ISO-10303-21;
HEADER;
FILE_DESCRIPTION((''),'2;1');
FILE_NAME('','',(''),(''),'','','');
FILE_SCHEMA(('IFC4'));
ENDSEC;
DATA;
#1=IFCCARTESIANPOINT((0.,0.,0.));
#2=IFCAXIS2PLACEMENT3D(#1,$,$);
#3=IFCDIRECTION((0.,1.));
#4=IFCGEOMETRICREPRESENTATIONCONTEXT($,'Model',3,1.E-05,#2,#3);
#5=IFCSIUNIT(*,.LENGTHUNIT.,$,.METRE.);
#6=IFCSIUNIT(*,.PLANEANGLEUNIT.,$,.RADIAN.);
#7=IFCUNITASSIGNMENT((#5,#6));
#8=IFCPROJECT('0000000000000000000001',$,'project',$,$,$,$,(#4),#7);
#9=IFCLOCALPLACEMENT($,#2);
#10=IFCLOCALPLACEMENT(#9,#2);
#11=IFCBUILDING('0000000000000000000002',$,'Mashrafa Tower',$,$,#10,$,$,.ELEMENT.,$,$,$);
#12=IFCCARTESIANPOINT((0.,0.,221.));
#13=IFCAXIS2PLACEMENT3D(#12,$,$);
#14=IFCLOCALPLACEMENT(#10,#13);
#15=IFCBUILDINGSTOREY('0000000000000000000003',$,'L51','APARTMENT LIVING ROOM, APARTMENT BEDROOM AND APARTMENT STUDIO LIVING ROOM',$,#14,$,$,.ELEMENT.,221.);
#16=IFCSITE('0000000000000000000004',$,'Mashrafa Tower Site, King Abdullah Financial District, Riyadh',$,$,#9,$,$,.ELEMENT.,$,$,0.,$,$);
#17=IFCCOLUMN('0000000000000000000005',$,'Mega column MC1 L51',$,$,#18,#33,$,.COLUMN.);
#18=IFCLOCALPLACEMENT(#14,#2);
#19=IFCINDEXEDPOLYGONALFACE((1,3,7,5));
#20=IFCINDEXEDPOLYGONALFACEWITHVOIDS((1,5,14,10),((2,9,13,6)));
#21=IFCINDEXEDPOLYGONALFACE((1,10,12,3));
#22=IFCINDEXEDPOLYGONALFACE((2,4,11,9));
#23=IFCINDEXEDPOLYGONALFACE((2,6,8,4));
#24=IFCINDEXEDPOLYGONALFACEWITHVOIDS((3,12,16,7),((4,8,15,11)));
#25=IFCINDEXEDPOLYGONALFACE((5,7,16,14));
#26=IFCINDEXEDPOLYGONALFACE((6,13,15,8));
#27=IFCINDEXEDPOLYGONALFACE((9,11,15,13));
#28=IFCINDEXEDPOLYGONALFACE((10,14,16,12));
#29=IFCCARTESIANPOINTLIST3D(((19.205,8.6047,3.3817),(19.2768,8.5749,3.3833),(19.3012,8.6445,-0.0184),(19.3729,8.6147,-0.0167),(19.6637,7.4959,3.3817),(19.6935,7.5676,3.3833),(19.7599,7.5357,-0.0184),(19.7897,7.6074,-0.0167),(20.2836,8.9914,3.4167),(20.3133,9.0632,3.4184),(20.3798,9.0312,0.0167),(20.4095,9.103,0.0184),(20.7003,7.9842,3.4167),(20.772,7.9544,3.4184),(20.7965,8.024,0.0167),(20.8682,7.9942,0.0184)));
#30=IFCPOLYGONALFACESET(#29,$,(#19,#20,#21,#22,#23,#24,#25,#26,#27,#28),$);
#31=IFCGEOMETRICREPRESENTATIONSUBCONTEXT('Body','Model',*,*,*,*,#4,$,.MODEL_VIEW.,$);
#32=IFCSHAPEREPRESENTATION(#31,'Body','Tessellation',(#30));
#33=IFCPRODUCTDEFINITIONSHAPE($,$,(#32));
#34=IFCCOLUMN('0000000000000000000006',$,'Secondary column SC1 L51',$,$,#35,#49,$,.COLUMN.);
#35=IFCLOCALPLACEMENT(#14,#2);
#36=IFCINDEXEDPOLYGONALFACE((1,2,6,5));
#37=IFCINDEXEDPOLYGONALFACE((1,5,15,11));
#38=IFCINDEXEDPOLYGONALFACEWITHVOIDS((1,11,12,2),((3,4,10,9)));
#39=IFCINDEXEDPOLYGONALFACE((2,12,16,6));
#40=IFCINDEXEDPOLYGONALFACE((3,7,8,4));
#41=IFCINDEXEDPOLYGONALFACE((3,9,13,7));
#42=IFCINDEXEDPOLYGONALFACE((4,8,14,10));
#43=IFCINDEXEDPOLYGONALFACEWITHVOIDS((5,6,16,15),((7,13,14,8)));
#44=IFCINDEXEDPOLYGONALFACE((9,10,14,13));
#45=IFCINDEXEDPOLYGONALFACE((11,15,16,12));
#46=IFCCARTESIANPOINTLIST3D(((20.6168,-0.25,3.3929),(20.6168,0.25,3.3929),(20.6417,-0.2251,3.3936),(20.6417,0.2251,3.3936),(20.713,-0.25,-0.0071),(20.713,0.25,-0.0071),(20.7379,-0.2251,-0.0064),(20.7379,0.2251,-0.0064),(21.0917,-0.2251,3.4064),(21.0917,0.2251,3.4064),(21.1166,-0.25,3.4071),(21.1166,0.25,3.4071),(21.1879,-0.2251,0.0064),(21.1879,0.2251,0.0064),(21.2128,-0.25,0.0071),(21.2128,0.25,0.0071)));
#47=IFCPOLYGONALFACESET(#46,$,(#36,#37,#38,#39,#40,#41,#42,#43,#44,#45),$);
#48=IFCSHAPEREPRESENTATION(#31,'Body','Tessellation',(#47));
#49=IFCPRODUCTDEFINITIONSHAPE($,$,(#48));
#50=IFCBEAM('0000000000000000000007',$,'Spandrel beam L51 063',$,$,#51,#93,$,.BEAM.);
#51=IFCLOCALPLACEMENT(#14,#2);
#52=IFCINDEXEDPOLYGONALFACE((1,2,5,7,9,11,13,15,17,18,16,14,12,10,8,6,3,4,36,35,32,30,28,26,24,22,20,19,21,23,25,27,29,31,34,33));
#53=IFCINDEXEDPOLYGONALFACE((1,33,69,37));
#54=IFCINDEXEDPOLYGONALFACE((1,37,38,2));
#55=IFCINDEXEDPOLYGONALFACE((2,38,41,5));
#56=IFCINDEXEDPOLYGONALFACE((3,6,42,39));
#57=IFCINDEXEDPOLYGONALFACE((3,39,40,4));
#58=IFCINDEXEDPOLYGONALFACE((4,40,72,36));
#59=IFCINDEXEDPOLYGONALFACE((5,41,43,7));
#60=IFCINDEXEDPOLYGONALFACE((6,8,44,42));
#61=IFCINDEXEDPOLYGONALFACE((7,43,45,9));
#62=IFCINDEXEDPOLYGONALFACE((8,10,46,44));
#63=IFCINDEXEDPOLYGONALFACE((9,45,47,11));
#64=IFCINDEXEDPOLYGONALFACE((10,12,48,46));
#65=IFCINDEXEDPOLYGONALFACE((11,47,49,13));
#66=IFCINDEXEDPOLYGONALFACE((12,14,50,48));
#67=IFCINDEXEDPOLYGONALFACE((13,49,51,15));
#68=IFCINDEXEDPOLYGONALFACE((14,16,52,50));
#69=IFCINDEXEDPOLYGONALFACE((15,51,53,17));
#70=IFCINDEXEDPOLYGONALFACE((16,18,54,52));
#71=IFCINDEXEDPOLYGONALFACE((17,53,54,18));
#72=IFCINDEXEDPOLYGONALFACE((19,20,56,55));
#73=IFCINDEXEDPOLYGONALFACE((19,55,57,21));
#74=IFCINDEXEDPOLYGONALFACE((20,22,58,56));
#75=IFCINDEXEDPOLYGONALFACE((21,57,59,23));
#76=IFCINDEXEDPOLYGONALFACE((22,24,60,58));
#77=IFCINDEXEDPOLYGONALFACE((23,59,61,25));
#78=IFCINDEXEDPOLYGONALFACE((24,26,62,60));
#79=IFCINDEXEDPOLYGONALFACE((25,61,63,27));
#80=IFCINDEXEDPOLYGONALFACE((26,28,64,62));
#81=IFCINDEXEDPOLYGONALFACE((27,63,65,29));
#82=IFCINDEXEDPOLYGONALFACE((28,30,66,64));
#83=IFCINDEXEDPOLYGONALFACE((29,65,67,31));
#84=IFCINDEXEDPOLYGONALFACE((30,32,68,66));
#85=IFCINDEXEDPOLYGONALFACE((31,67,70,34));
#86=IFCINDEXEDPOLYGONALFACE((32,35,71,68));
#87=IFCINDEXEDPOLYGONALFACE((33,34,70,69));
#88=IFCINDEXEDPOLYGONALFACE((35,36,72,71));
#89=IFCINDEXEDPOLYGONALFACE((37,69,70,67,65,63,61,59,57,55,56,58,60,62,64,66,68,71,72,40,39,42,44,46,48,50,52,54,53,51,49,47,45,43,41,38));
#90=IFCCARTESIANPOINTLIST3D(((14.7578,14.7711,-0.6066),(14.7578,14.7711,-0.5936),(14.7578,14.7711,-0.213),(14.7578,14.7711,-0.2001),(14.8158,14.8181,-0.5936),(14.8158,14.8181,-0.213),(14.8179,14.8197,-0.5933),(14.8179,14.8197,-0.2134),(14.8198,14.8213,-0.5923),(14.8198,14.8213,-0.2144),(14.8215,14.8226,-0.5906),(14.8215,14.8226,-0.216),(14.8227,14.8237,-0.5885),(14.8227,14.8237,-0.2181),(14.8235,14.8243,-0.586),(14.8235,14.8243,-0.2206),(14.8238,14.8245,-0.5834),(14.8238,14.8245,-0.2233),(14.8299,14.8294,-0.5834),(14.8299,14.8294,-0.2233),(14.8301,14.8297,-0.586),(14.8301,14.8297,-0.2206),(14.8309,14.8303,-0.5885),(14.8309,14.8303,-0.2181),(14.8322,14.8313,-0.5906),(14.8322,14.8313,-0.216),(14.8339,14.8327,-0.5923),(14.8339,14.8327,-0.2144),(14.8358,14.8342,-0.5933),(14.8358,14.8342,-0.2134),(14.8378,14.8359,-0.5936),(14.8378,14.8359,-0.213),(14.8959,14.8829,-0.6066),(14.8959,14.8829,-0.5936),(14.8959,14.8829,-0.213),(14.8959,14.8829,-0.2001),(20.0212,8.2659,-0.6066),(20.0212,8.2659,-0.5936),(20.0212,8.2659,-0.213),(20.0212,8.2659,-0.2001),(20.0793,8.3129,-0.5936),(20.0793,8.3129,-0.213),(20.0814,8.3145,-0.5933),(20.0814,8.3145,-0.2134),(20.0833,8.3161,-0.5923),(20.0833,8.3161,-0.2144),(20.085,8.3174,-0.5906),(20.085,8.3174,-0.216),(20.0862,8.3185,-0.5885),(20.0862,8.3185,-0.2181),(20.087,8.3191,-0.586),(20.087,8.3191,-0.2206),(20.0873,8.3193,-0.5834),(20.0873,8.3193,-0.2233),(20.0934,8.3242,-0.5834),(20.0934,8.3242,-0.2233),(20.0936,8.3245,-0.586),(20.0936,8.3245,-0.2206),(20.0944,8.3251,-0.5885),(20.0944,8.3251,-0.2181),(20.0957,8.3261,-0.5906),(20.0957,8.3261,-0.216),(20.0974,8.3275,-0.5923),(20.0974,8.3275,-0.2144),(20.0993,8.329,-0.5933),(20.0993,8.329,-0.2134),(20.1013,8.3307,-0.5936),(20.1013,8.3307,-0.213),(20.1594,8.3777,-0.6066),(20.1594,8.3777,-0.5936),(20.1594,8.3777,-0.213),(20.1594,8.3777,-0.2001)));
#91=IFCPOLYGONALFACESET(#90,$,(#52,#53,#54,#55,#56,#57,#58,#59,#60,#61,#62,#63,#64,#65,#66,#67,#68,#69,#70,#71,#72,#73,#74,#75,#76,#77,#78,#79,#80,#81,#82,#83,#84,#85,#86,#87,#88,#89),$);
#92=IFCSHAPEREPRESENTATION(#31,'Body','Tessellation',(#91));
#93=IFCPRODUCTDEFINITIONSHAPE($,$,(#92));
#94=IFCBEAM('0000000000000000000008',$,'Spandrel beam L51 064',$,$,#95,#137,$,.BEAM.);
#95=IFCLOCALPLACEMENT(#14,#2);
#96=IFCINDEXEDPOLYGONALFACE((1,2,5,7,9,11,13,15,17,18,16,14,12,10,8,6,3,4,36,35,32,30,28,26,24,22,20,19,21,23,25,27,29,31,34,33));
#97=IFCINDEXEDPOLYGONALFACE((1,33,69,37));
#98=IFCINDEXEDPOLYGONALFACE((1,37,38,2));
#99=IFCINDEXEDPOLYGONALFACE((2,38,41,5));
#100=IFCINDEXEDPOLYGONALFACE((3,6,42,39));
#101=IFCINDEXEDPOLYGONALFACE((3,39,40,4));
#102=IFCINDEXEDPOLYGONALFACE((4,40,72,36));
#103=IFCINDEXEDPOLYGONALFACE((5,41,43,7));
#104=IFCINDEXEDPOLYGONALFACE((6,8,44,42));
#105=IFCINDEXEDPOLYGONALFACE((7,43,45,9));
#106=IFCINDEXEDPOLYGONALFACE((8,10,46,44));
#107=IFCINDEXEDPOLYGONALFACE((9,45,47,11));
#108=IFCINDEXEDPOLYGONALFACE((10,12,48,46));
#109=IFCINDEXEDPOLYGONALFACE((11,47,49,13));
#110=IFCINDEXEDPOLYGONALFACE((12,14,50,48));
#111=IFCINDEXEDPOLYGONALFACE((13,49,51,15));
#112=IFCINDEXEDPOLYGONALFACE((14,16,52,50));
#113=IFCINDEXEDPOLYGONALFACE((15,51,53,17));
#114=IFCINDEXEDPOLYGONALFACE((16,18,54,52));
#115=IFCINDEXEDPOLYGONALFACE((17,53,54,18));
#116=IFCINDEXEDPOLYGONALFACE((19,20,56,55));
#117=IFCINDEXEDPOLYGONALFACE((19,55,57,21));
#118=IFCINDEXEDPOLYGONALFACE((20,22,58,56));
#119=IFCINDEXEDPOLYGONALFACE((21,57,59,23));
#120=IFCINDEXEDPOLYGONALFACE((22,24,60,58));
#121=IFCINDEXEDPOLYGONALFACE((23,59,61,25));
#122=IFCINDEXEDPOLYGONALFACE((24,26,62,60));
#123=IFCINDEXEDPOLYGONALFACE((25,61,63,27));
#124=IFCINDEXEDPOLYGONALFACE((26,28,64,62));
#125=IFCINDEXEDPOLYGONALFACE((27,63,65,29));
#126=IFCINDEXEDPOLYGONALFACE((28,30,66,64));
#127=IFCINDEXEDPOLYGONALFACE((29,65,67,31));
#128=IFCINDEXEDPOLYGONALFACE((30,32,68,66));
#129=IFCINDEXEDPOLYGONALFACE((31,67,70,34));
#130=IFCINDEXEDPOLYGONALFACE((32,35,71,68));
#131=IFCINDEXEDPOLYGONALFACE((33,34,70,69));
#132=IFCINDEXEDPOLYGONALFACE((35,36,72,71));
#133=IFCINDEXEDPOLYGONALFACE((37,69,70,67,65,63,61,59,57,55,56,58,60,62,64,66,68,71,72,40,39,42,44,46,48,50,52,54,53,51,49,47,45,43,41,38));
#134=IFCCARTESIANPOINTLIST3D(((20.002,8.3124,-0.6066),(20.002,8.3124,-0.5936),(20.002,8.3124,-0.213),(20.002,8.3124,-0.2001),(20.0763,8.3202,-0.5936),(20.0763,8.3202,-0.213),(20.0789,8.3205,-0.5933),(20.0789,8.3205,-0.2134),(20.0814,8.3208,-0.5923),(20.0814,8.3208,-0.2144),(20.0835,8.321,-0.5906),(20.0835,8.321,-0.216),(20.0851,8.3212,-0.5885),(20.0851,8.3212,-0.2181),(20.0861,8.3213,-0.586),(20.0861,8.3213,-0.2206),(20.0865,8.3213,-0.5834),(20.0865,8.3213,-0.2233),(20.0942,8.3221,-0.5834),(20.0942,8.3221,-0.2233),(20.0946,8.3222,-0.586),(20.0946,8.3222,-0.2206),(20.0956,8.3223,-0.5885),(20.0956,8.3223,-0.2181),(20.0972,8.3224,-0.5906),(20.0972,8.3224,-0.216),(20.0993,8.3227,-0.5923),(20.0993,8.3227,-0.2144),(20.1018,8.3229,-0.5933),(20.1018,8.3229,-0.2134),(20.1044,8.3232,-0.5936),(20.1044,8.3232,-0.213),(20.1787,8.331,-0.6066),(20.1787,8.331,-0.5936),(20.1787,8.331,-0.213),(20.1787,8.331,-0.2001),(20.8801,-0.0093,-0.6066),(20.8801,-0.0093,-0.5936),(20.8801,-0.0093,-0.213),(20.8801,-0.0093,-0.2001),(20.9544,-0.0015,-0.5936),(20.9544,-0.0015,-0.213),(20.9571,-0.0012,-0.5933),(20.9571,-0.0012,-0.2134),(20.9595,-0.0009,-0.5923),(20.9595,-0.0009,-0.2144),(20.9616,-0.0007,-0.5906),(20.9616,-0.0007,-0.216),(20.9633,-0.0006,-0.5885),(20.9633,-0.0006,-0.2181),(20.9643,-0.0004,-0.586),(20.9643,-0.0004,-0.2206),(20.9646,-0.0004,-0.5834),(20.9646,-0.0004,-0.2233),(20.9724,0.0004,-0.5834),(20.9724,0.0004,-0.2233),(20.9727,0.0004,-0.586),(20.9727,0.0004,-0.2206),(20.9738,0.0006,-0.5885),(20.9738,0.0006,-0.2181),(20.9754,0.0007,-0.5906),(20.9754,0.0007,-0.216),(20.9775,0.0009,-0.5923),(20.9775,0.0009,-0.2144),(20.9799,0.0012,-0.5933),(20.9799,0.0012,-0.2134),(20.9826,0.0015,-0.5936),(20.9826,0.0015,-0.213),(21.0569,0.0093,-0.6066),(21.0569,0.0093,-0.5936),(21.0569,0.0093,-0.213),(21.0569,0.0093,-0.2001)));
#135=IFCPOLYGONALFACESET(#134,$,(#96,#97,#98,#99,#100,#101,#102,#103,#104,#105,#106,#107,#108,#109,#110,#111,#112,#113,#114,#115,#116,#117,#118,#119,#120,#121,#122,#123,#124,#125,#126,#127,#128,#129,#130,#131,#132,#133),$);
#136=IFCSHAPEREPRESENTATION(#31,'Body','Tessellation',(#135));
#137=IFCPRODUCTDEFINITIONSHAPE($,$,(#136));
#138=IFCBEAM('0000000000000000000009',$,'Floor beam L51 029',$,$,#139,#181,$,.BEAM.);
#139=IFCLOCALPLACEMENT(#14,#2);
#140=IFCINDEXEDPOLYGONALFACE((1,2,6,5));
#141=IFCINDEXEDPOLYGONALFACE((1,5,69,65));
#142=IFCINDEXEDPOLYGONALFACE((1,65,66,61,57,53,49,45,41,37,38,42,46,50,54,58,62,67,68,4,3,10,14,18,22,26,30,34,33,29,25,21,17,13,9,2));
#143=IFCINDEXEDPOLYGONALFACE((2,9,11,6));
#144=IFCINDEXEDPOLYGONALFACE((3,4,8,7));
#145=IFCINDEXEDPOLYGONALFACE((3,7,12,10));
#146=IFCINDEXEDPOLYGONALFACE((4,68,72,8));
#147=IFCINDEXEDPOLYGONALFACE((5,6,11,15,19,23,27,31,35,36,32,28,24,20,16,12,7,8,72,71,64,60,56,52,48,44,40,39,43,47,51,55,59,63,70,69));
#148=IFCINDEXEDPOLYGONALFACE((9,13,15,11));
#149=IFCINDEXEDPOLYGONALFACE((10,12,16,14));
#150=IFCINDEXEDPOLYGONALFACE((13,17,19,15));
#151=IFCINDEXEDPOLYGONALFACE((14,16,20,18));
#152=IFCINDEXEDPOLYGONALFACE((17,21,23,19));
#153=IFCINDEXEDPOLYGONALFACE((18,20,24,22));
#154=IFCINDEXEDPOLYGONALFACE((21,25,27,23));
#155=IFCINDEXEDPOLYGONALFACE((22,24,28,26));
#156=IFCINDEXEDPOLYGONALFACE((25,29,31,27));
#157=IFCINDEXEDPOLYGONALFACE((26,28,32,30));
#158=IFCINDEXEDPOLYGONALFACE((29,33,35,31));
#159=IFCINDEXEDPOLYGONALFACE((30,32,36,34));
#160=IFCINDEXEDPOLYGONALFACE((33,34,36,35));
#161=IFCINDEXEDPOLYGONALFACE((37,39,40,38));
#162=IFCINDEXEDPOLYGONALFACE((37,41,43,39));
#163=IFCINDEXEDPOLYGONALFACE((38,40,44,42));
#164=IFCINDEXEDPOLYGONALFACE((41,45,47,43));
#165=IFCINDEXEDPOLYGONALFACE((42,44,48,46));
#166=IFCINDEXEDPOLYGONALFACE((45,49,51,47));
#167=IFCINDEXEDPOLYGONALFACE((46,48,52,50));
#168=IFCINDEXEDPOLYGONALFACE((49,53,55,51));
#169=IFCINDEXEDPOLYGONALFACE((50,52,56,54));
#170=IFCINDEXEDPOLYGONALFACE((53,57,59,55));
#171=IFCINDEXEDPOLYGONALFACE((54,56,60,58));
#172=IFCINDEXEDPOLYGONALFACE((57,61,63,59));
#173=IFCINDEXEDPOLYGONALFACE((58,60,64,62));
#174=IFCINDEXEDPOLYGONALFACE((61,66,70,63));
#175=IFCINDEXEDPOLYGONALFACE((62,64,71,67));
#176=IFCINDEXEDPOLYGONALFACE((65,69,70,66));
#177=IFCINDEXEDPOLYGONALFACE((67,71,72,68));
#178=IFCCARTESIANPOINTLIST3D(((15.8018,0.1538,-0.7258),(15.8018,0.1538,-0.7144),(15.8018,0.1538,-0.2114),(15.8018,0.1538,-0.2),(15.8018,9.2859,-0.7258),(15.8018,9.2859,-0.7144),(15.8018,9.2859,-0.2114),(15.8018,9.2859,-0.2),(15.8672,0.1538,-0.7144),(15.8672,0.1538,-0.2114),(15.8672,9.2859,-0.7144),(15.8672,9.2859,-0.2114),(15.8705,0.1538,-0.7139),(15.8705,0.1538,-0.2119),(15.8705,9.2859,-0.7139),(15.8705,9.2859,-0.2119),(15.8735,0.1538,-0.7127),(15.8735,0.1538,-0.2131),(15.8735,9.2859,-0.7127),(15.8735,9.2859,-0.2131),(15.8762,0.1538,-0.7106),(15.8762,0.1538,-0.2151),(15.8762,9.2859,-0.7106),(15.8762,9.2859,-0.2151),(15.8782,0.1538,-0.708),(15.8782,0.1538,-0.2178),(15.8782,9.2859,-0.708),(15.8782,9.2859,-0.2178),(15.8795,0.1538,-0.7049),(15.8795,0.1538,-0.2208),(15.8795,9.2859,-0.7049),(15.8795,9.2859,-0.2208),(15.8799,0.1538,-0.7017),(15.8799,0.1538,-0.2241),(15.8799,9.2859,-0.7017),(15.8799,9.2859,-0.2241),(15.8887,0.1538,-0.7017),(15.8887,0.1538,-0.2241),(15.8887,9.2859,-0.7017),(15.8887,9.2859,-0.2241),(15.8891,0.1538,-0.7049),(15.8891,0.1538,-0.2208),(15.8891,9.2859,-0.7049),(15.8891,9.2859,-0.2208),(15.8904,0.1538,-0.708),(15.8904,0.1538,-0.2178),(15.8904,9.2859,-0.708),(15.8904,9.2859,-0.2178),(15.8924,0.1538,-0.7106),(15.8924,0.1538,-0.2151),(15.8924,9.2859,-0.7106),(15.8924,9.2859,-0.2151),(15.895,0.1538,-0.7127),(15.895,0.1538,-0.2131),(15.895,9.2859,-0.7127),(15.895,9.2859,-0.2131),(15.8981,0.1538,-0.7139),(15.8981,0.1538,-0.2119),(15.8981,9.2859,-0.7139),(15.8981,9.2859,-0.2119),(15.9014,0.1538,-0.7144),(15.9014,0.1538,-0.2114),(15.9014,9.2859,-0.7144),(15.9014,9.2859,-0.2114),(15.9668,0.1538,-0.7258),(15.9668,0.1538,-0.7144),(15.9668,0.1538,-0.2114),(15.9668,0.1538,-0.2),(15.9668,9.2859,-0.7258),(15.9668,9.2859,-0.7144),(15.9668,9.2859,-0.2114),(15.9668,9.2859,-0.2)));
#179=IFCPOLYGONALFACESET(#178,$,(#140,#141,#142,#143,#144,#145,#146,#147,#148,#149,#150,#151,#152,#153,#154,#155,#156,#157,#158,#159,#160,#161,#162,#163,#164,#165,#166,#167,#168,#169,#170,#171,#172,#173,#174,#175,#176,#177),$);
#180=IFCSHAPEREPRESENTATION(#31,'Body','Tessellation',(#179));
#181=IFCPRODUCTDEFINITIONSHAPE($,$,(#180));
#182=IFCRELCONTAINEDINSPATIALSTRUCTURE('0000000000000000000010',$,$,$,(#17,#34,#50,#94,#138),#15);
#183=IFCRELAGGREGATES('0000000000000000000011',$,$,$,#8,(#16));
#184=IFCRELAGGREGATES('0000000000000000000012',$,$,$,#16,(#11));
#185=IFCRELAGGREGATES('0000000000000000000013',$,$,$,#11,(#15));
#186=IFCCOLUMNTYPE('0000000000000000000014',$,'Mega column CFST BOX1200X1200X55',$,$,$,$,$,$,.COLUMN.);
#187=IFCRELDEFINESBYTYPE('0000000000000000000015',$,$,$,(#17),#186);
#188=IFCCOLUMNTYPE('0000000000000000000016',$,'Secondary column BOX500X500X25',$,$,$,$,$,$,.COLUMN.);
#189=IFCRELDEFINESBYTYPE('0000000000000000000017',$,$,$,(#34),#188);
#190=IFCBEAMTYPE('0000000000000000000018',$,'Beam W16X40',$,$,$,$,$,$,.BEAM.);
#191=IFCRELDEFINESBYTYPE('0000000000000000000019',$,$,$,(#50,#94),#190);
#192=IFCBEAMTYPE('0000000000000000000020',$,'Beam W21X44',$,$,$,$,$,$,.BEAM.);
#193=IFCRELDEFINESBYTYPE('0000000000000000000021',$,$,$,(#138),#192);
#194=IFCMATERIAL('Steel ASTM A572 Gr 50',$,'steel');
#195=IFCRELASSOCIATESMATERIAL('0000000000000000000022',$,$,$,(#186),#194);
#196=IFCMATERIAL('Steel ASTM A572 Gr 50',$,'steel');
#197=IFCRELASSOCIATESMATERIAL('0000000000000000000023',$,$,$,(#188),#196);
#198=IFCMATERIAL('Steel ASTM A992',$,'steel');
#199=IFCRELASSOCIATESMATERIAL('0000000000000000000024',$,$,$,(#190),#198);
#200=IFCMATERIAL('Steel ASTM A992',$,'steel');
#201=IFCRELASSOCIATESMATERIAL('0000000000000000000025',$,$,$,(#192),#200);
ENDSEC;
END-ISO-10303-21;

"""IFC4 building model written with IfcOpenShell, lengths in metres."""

from ifc_helpers import new_model, si_unit, direction, frame, origin, origin_2d, place, context, subcontext, project, spatial, hollow_rectangle, i_section, extrude, material, material_profile, profile_set, type_object, element, save


model = new_model("IFC4")

# Units and contexts
model_context = context("Model", 3, precision=1e-05, world=origin(), true_north=direction((0.0, 1.0)))
body_context = subcontext(model_context, "Body", "Model", "MODEL_VIEW")
ifc_project = project(units=[si_unit("LENGTHUNIT", "METRE"), si_unit("PLANEANGLEUNIT", "RADIAN")], contexts=[model_context])

# Site, building, storey
site_placement = place(None, origin())
site = spatial("IfcSite", under=ifc_project, at=site_placement, Name="Mashrafa Tower Site, King Abdullah Financial District, Riyadh", CompositionType="ELEMENT", RefElevation=0.0)
building_placement = place(site_placement, origin())
building = spatial("IfcBuilding", under=site, at=building_placement, Name="Mashrafa Tower", CompositionType="ELEMENT")
storey_placement = place(building_placement, frame((0.0, 0.0, 221.0)))
storey = spatial("IfcBuildingStorey", under=building, at=storey_placement, Name="L51", Description="APARTMENT LIVING ROOM, APARTMENT BEDROOM AND APARTMENT STUDIO LIVING ROOM", CompositionType="ELEMENT", Elevation=221.0)

# Columns
ifc_material_1 = material(Name="Steel ASTM A572 Gr 50", Category="steel")
ifc_material_profile_1 = material_profile(ifc_material_1, hollow_rectangle(XDim=1.2, YDim=1.2, WallThickness=0.0549, at=origin_2d()), Name="BOX1200X1200X55")
ifc_profile_set_1 = profile_set([ifc_material_profile_1], Name="Steel ASTM A572 Gr 50")
column_type_1 = type_object("IfcColumnType", Name="Mega column CFST BOX1200X1200X55", PredefinedType="COLUMN", material=ifc_profile_set_1)
column_1_placement = place(storey_placement, frame((20.0847, 8.3193, 0.0), z_axis=(-0.028279, -0.011699, 0.999532), x_axis=(0.382283, -0.924045, 0.0)))
element("IfcColumn", 1, at=column_1_placement, inside=storey, type_object=column_type_1, Name="Mega column MC1 L51", PredefinedType="COLUMN", context=body_context, shape_type="SweptSolid", body=[
    extrude(hollow_rectangle(XDim=1.2, YDim=1.2, WallThickness=0.0549, at=origin_2d()), origin(), (0.0, 0.0, 1.0), 3.4016),
])
ifc_material_2 = material(Name="Steel ASTM A572 Gr 50", Category="steel")
ifc_material_profile_2 = material_profile(ifc_material_2, hollow_rectangle(XDim=0.5, YDim=0.5, WallThickness=0.0249, at=origin_2d()), Name="BOX500X500X25")
ifc_profile_set_2 = profile_set([ifc_material_profile_2], Name="Steel ASTM A572 Gr 50")
column_type_2 = type_object("IfcColumnType", Name="Secondary column BOX500X500X25", PredefinedType="COLUMN", material=ifc_profile_set_2)
column_2_placement = place(storey_placement, frame((20.9629, 0.0, 0.0), z_axis=(-0.028281, 0.0, 0.9996), x_axis=(0.0, -1.0, 0.0)))
element("IfcColumn", 2, at=column_2_placement, inside=storey, type_object=column_type_2, Name="Secondary column SC1 L51", PredefinedType="COLUMN", context=body_context, shape_type="SweptSolid", body=[
    extrude(hollow_rectangle(XDim=0.5, YDim=0.5, WallThickness=0.0249, at=origin_2d()), origin(), (0.0, 0.0, 1.0), 3.4014),
])

# Beams
ifc_material_3 = material(Name="Steel ASTM A992", Category="steel")
ifc_material_profile_3 = material_profile(ifc_material_3, i_section(OverallWidth=0.1777, OverallDepth=0.4065, WebThickness=0.0078, FlangeThickness=0.0129, FilletRadius=0.0103, at=origin_2d()), Name="W16X40")
ifc_profile_set_3 = profile_set([ifc_material_profile_3], Name="Steel ASTM A992")
beam_type_1 = type_object("IfcBeamType", Name="Beam W16X40", PredefinedType="BEAM", material=ifc_profile_set_3)
for number, where, z_axis, x_axis, name in (
    (3, (20.0903, 8.3218, -0.4033), (-0.629009, 0.777398, 0.0), (-0.777398, -0.629009, 0.0), "Spandrel beam L51 063"),
    (4, (20.9685, 0.0, -0.4033), (-0.104944, 0.994478, 0.0), (-0.994478, -0.104944, 0.0), "Spandrel beam L51 064"),
):
    element("IfcBeam", number, at=place(storey_placement, frame(where, z_axis=z_axis, x_axis=x_axis)), inside=storey, type_object=beam_type_1, Name=name, PredefinedType="BEAM", context=body_context, shape_type="SweptSolid", body=[
        extrude(i_section(OverallWidth=0.1777, OverallDepth=0.4065, WebThickness=0.0078, FlangeThickness=0.0129, FilletRadius=0.0103, at=origin_2d()), origin(), (0.0, 0.0, 1.0), 8.3679),
    ])
ifc_material_4 = material(Name="Steel ASTM A992", Category="steel")
ifc_material_profile_4 = material_profile(ifc_material_4, i_section(OverallWidth=0.165, OverallDepth=0.5259, WebThickness=0.0088, FlangeThickness=0.0115, FilletRadius=0.0127, at=origin_2d()), Name="W21X44")
ifc_profile_set_4 = profile_set([ifc_material_profile_4], Name="Steel ASTM A992")
beam_type_2 = type_object("IfcBeamType", Name="Beam W21X44", PredefinedType="BEAM", material=ifc_profile_set_4)
beam_1_placement = place(storey_placement, frame((15.8843, 9.2859, -0.4629), z_axis=(0.0, -1.0, 0.0), x_axis=(1.0, 0.0, 0.0)))
element("IfcBeam", 5, at=beam_1_placement, inside=storey, type_object=beam_type_2, Name="Floor beam L51 029", PredefinedType="BEAM", context=body_context, shape_type="SweptSolid", body=[
    extrude(i_section(OverallWidth=0.165, OverallDepth=0.5259, WebThickness=0.0088, FlangeThickness=0.0115, FilletRadius=0.0127, at=origin_2d()), origin(), (0.0, 0.0, 1.0), 9.1321),
])

save(model, "model.ifc")
